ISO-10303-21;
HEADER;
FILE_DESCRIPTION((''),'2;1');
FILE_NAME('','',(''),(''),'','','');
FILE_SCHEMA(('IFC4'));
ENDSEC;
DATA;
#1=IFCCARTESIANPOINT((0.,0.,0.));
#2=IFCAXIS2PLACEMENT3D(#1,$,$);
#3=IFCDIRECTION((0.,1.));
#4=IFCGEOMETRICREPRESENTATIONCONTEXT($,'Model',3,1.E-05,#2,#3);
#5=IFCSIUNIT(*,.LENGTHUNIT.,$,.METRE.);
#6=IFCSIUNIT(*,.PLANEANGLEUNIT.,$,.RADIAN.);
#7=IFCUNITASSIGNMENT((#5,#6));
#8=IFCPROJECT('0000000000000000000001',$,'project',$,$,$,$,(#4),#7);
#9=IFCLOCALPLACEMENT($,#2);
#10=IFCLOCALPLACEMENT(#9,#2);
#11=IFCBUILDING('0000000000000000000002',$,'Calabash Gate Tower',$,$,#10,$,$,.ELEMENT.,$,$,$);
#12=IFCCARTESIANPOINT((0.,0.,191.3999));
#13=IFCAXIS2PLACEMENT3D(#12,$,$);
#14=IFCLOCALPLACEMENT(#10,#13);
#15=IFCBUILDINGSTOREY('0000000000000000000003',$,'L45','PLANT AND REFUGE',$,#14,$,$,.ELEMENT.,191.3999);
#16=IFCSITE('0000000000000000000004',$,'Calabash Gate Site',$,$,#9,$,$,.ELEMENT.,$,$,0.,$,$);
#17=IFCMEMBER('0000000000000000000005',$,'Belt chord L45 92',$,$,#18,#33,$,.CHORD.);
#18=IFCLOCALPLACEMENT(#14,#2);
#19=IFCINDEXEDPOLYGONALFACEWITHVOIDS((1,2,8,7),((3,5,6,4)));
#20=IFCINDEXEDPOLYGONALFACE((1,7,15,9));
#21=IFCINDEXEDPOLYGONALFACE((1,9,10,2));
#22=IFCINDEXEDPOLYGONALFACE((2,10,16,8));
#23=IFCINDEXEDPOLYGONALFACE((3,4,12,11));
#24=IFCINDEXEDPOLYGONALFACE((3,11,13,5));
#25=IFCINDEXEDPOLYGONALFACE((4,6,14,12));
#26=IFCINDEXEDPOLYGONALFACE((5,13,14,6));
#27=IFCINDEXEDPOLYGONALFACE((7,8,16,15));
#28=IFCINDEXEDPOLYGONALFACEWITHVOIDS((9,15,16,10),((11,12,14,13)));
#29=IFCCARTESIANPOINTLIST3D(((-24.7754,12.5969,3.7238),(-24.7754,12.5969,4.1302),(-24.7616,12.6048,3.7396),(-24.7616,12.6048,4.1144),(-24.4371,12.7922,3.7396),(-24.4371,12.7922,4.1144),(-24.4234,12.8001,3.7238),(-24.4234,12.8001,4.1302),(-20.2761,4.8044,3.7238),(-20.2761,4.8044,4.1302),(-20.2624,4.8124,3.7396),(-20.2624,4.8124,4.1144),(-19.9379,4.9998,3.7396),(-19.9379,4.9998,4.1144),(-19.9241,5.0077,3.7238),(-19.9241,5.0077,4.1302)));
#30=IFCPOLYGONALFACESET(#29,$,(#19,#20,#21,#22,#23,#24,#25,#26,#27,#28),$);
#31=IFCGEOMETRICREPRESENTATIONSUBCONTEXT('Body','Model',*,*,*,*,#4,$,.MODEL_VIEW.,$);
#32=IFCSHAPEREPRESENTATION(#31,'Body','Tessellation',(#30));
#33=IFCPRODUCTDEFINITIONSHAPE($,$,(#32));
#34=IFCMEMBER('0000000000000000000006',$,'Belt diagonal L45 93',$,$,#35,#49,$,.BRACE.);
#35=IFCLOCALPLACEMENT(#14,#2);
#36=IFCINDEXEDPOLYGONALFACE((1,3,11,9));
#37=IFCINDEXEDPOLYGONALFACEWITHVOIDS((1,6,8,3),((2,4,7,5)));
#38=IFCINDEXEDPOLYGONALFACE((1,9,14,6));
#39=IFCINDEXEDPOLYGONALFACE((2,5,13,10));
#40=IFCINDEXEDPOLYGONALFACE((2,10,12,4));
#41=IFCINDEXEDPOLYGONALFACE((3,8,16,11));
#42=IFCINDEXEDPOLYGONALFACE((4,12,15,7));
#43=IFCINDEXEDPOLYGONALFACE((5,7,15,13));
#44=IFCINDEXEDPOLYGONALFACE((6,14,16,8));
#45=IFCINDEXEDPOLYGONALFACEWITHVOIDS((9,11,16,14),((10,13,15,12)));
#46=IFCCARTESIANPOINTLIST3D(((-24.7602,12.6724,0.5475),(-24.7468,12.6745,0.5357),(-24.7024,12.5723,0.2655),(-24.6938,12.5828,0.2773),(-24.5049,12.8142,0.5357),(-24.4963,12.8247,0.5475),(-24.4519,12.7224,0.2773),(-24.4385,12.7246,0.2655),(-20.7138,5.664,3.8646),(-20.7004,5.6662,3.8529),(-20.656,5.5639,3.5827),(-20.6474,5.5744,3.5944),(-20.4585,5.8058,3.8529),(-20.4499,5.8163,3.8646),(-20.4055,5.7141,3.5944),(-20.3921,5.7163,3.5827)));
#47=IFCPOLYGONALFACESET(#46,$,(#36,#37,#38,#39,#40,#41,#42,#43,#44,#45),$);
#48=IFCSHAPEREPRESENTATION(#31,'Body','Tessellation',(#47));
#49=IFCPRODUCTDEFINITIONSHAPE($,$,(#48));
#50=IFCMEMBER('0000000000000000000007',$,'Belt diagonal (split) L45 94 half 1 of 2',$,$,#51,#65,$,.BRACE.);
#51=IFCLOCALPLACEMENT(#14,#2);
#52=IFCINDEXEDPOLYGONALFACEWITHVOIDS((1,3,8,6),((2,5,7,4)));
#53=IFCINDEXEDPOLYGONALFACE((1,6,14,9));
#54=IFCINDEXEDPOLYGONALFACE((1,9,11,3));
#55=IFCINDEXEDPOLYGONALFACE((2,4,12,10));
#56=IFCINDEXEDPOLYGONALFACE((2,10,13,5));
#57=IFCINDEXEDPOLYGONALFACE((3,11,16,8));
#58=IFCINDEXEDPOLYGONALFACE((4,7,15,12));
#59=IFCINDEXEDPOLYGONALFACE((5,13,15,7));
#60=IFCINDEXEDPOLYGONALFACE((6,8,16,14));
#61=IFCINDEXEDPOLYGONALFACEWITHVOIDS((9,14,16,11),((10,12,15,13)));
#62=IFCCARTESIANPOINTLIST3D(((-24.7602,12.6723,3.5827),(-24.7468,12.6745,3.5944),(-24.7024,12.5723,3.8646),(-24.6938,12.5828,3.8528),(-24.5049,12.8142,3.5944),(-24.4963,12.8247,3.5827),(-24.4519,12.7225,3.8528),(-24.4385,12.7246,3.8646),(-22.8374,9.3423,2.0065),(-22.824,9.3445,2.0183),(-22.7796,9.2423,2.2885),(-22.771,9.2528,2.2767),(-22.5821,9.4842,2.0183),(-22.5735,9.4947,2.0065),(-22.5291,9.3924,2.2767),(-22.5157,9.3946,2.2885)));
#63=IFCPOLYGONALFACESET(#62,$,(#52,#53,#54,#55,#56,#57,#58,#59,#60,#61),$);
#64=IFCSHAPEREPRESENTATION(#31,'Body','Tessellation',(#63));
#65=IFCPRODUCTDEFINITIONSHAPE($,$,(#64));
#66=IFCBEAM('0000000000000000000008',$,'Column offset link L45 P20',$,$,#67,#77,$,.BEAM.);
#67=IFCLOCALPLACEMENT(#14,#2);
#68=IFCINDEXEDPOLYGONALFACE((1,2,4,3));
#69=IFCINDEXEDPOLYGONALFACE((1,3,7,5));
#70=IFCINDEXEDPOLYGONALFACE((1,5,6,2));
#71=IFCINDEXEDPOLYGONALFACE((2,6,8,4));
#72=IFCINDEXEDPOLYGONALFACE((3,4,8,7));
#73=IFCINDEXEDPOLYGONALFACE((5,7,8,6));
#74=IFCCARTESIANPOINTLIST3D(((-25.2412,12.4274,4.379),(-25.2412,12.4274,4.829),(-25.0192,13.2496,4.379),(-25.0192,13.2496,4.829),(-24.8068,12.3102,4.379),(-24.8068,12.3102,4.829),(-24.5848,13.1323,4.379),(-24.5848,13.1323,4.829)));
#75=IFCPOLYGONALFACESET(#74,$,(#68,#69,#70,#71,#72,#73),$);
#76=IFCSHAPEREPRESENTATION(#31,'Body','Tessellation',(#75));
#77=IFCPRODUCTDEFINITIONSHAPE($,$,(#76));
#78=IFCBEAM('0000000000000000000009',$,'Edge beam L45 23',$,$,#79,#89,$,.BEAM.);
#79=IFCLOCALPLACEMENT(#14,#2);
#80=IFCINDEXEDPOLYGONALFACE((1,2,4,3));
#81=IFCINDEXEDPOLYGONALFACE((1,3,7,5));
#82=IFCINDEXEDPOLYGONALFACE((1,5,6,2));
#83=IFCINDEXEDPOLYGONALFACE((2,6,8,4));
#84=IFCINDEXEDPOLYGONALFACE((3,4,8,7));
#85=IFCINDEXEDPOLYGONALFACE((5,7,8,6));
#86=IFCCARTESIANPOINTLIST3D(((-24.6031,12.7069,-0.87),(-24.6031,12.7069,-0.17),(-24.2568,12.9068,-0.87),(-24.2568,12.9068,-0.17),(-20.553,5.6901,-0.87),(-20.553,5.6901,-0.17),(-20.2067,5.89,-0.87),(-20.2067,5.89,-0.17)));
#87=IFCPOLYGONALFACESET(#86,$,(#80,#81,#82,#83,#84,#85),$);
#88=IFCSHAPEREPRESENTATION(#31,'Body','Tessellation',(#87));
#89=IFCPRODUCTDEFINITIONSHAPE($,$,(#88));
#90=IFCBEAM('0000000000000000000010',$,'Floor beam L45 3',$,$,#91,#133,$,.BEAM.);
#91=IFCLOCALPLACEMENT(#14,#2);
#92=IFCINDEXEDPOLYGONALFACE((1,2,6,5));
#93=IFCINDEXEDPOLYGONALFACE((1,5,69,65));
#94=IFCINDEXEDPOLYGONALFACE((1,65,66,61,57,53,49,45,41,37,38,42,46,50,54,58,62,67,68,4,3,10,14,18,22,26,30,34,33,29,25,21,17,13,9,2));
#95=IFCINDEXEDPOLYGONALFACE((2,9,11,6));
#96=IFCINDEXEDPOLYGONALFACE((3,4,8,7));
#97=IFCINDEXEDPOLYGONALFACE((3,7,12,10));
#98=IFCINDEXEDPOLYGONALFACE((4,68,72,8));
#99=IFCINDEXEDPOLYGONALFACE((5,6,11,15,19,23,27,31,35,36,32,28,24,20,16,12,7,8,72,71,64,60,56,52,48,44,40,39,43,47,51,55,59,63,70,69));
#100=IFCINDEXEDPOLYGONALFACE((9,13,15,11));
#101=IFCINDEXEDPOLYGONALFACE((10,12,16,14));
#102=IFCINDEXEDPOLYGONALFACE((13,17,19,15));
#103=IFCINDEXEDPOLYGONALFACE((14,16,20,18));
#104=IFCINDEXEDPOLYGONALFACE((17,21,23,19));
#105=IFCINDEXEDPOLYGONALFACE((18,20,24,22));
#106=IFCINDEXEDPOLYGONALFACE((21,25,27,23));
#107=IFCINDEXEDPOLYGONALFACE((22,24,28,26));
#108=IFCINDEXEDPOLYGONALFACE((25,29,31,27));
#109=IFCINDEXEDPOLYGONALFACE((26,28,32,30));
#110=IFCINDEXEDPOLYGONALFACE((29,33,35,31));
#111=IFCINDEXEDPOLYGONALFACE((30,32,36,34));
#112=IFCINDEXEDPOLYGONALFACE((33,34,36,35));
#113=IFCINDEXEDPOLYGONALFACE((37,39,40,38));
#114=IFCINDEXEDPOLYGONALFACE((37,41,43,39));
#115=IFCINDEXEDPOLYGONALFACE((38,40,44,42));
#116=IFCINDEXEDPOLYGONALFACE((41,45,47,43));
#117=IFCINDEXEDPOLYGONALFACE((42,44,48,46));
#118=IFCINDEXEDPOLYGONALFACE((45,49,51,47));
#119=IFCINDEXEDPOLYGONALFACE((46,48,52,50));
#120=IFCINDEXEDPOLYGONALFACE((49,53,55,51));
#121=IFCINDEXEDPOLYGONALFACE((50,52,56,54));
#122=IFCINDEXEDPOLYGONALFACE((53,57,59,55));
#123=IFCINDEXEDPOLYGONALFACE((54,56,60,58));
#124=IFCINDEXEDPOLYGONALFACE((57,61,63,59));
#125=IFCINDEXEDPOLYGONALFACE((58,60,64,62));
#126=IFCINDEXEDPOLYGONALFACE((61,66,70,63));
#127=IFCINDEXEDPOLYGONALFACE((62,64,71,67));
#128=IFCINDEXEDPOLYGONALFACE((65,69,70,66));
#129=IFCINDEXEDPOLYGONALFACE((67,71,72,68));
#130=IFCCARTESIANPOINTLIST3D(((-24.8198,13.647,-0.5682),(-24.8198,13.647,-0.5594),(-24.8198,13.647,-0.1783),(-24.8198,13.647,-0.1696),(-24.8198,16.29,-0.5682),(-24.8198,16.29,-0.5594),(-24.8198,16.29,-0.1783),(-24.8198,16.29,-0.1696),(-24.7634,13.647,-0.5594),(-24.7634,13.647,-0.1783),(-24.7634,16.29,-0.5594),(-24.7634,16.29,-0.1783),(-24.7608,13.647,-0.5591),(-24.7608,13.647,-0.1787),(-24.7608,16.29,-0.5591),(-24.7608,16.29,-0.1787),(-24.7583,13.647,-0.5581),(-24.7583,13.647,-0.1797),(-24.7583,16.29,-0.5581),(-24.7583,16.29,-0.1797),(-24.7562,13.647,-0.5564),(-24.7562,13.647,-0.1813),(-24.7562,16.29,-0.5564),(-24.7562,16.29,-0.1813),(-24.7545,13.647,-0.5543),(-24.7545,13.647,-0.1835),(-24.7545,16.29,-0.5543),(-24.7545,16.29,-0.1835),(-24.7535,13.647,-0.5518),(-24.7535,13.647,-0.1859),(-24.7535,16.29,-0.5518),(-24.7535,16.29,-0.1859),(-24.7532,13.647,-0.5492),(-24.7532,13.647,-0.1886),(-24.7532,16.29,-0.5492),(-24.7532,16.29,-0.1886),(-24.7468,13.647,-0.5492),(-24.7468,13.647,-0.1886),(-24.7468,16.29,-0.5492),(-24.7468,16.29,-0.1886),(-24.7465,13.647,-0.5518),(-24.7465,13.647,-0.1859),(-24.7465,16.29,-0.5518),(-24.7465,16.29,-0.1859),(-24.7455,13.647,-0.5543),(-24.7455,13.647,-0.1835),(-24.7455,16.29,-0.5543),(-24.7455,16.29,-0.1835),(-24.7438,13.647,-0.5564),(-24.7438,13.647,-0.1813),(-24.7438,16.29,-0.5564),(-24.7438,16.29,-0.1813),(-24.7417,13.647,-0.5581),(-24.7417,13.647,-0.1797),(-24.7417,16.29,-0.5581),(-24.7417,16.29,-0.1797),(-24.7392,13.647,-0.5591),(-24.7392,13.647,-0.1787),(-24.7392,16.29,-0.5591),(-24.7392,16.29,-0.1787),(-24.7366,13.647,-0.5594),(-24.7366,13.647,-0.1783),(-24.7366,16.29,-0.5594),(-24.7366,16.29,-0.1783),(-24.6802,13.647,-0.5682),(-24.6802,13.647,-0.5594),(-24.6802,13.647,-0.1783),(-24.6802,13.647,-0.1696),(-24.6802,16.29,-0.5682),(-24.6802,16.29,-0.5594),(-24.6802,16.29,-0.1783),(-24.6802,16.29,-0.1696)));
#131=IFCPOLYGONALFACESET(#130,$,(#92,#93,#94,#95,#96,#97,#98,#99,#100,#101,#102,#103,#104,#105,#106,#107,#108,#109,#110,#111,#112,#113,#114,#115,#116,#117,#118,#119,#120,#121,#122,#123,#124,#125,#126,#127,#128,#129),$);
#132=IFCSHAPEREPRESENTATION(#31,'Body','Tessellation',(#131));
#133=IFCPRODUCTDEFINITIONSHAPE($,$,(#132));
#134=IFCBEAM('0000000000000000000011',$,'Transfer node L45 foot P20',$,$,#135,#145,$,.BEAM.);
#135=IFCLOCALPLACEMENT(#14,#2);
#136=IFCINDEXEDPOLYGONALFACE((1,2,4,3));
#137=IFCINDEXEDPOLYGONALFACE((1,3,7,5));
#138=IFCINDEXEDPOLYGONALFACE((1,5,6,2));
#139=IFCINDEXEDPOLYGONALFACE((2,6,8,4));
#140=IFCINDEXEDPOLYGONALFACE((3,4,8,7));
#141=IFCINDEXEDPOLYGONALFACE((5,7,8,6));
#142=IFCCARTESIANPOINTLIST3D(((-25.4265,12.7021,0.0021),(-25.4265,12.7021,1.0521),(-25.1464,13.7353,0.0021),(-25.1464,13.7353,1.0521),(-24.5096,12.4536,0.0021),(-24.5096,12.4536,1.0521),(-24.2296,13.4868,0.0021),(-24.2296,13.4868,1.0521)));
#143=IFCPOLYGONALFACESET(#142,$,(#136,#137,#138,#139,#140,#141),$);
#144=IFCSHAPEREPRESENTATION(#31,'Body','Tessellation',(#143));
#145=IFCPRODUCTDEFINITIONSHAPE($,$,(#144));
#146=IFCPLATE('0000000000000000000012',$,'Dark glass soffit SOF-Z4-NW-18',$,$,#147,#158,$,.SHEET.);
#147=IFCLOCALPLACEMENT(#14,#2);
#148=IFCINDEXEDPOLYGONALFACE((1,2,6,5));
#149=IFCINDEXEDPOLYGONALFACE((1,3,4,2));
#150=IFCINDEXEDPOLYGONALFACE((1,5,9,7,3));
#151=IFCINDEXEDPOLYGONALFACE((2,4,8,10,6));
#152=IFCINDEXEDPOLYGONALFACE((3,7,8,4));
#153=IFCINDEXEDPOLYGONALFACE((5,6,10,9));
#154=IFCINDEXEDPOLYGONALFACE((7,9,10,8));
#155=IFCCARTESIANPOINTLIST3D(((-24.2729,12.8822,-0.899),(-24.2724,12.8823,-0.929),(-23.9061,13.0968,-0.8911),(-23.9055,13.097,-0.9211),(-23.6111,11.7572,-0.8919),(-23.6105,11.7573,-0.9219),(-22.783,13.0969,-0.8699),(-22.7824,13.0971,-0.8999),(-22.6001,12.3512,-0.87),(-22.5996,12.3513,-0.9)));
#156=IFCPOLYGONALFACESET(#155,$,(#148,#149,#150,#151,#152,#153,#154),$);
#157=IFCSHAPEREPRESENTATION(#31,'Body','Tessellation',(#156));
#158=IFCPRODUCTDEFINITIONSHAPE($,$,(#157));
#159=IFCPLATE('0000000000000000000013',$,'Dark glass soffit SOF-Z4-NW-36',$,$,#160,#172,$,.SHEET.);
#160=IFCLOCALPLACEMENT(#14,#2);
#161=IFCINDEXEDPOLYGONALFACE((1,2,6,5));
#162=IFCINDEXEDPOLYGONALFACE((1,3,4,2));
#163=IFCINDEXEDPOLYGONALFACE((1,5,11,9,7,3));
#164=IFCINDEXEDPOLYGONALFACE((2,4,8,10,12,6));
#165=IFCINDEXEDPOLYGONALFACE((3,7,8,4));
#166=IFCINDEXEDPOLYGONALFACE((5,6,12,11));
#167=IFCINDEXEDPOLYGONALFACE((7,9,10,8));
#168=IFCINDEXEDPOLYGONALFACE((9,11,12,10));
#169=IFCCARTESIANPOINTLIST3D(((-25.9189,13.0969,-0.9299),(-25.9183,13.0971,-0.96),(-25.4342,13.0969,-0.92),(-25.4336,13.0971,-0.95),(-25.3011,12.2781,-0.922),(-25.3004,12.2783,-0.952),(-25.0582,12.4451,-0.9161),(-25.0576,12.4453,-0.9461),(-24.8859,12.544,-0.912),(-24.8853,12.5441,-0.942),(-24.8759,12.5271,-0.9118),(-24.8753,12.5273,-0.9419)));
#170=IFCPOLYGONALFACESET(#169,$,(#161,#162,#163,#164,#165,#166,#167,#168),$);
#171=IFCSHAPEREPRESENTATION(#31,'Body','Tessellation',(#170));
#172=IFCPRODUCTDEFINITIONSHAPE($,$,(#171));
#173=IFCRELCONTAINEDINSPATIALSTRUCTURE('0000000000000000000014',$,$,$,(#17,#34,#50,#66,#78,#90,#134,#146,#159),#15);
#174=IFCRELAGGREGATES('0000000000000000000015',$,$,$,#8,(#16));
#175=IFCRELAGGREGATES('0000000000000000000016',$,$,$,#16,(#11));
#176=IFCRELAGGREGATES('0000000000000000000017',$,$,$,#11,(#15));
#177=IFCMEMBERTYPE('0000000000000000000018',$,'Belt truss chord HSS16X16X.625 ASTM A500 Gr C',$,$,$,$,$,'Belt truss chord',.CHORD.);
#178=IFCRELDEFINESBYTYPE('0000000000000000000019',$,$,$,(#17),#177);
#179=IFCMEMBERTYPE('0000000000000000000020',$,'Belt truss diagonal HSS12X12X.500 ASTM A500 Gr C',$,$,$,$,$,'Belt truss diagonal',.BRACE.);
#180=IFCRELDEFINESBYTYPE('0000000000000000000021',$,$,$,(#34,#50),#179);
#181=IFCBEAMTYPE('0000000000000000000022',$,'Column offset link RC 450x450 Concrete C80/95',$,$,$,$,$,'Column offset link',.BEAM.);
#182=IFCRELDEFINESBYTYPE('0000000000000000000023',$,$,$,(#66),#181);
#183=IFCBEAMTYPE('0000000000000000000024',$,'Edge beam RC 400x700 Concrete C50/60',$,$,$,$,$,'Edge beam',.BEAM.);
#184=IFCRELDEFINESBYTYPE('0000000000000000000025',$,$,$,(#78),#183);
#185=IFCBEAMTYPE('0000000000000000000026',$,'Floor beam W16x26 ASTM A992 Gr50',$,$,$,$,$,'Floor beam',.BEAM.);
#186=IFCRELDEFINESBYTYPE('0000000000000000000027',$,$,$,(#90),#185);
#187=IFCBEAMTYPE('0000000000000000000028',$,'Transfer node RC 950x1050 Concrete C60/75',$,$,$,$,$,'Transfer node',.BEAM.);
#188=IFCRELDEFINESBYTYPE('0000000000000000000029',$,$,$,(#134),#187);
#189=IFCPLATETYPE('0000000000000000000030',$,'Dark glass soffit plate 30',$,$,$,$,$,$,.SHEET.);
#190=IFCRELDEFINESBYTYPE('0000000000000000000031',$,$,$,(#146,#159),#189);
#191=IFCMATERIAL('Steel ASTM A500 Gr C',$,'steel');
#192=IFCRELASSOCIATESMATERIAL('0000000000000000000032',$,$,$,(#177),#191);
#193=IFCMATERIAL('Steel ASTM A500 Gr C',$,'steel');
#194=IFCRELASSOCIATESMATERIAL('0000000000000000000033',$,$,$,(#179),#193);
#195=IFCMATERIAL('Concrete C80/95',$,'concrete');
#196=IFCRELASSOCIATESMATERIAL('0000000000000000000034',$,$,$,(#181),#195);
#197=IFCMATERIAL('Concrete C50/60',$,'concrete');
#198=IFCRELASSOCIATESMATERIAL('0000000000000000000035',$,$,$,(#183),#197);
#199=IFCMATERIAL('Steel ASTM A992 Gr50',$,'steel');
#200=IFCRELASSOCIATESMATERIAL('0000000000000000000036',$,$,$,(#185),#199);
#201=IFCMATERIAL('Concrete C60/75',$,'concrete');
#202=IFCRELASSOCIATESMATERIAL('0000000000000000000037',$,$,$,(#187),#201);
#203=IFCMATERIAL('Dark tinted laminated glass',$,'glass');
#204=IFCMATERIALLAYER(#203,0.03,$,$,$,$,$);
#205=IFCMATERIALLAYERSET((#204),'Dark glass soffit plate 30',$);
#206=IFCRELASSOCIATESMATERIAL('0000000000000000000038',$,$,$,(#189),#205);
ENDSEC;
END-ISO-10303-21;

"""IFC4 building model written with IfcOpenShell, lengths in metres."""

from ifc_helpers import new_model, si_unit, direction, frame, origin, origin_2d, place, context, subcontext, project, spatial, polyline, rectangle, hollow_rectangle, i_section, outline, extrude, material, layer, layer_set, material_profile, profile_set, type_object, element, save


model = new_model("IFC4")

# Units and contexts
model_context = context("Model", 3, precision=1e-05, world=origin(), true_north=direction((0.0, 1.0)))
body_context = subcontext(model_context, "Body", "Model", "MODEL_VIEW")
ifc_project = project(units=[si_unit("LENGTHUNIT", "METRE"), si_unit("PLANEANGLEUNIT", "RADIAN")], contexts=[model_context])

# Site, building, storey
site_placement = place(None, origin())
site = spatial("IfcSite", under=ifc_project, at=site_placement, Name="Calabash Gate Site", CompositionType="ELEMENT", RefElevation=0.0)
building_placement = place(site_placement, origin())
building = spatial("IfcBuilding", under=site, at=building_placement, Name="Calabash Gate Tower", CompositionType="ELEMENT")
storey_placement = place(building_placement, frame((0.0, 0.0, 191.3999)))
storey = spatial("IfcBuildingStorey", under=building, at=storey_placement, Name="L45", Description="PLANT AND REFUGE", CompositionType="ELEMENT", Elevation=191.3999)

# Members
ifc_material_1 = material(Name="Steel ASTM A500 Gr C", Category="steel")
ifc_material_profile_1 = material_profile(ifc_material_1, hollow_rectangle(XDim=0.4065, YDim=0.4065, WallThickness=0.0159, at=origin_2d()))
ifc_profile_set_1 = profile_set([ifc_material_profile_1], Name="Steel ASTM A500 Gr C")
member_type_1 = type_object("IfcMemberType", Name="Belt truss chord HSS16X16X.625 ASTM A500 Gr C", ElementType="Belt truss chord", PredefinedType="CHORD", material=ifc_profile_set_1)
member_1_placement = place(storey_placement, frame((-24.5994, 12.6985, 3.927), z_axis=(0.500023, -0.866012, 0.0), x_axis=(0.866012, 0.500023, 0.0)))
element("IfcMember", 1, at=member_1_placement, inside=storey, type_object=member_type_1, Name="Belt chord L45 92", PredefinedType="CHORD", context=body_context, shape_type="SweptSolid", body=[
    extrude(hollow_rectangle(XDim=0.4065, YDim=0.4065, WallThickness=0.0159, at=origin_2d()), origin(), (0.0, 0.0, 1.0), 8.998),
])
ifc_material_2 = material(Name="Steel ASTM A500 Gr C", Category="steel")
ifc_material_profile_2 = material_profile(ifc_material_2, hollow_rectangle(XDim=0.3047, YDim=0.3047, WallThickness=0.0127, at=origin_2d()))
ifc_profile_set_2 = profile_set([ifc_material_profile_2], Name="Steel ASTM A500 Gr C")
member_type_2 = type_object("IfcMemberType", Name="Belt truss diagonal HSS12X12X.500 ASTM A500 Gr C", ElementType="Belt truss diagonal", PredefinedType="BRACE", material=ifc_profile_set_2)
member_2_placement = place(storey_placement, frame((-24.5994, 12.6985, 0.4065), z_axis=(0.462654, -0.801313, 0.379274), x_axis=(0.866018, 0.500013, 0.0)))
element("IfcMember", 2, at=member_2_placement, inside=storey, type_object=member_type_2, Name="Belt diagonal L45 93", PredefinedType="BRACE", context=body_context, shape_type="SweptSolid", body=[
    extrude(hollow_rectangle(XDim=0.3047, YDim=0.3047, WallThickness=0.0127, at=origin_2d()), origin(), (0.0, 0.0, 1.0), 8.7461),
])
member_3_placement = place(storey_placement, frame((-24.5994, 12.6985, 3.7236), z_axis=(0.462685, -0.801299, -0.379266), x_axis=(0.865999, 0.500045, 0.0)))
element("IfcMember", 3, at=member_3_placement, inside=storey, type_object=member_type_2, Name="Belt diagonal (split) L45 94 half 1 of 2", PredefinedType="BRACE", context=body_context, shape_type="SweptSolid", body=[
    extrude(hollow_rectangle(XDim=0.3047, YDim=0.3047, WallThickness=0.0127, at=origin_2d()), origin(), (0.0, 0.0, 1.0), 4.1558),
])

# Beams
ifc_material_3 = material(Name="Concrete C80/95", Category="concrete")
ifc_material_profile_3 = material_profile(ifc_material_3, rectangle(XDim=0.45, YDim=0.45, at=origin_2d()))
ifc_profile_set_3 = profile_set([ifc_material_profile_3], Name="Concrete C80/95")
beam_type_1 = type_object("IfcBeamType", Name="Column offset link RC 450x450 Concrete C80/95", ElementType="Column offset link", PredefinedType="BEAM", material=ifc_profile_set_3)
beam_1_placement = place(storey_placement, frame((-24.802, 13.1909, 4.604), z_axis=(-0.260642, -0.965436, 0.0), x_axis=(0.965436, -0.260642, 0.0)))
element("IfcBeam", 4, at=beam_1_placement, inside=storey, type_object=beam_type_1, Name="Column offset link L45 P20", PredefinedType="BEAM", context=body_context, shape_type="SweptSolid", body=[
    extrude(rectangle(XDim=0.45, YDim=0.45, at=origin_2d()), origin(), (0.0, 0.0, 1.0), 0.8516),
])
ifc_material_4 = material(Name="Concrete C50/60", Category="concrete")
ifc_material_profile_4 = material_profile(ifc_material_4, rectangle(XDim=0.3999, YDim=0.7, at=origin_2d()))
ifc_profile_set_4 = profile_set([ifc_material_profile_4], Name="Concrete C50/60")
beam_type_2 = type_object("IfcBeamType", Name="Edge beam RC 400x700 Concrete C50/60", ElementType="Edge beam", PredefinedType="BEAM", material=ifc_profile_set_4)
beam_2_placement = place(storey_placement, frame((-24.4299, 12.8069, -0.52), z_axis=(0.499895, -0.866086, 0.0), x_axis=(0.866086, 0.499895, 0.0)))
element("IfcBeam", 5, at=beam_2_placement, inside=storey, type_object=beam_type_2, Name="Edge beam L45 23", PredefinedType="BEAM", context=body_context, shape_type="SweptSolid", body=[
    extrude(rectangle(XDim=0.3999, YDim=0.7, at=origin_2d()), origin(), (0.0, 0.0, 1.0), 8.1018),
])
ifc_material_5 = material(Name="Steel ASTM A992 Gr50", Category="steel")
ifc_material_profile_5 = material_profile(ifc_material_5, i_section(OverallWidth=0.1396, OverallDepth=0.3987, WebThickness=0.0063, FlangeThickness=0.0088, FilletRadius=0.0103, at=origin_2d()))
ifc_profile_set_5 = profile_set([ifc_material_profile_5], Name="Steel ASTM A992 Gr50")
beam_type_3 = type_object("IfcBeamType", Name="Floor beam W16x26 ASTM A992 Gr50", ElementType="Floor beam", PredefinedType="BEAM", material=ifc_profile_set_5)
beam_3_placement = place(storey_placement, frame((-24.75, 13.647, -0.3689), z_axis=(0.0, 1.0, 0.0), x_axis=(-1.0, 0.0, 0.0)))
element("IfcBeam", 6, at=beam_3_placement, inside=storey, type_object=beam_type_3, Name="Floor beam L45 3", PredefinedType="BEAM", context=body_context, shape_type="SweptSolid", body=[
    extrude(i_section(OverallWidth=0.1396, OverallDepth=0.3987, WebThickness=0.0063, FlangeThickness=0.0088, FilletRadius=0.0103, at=origin_2d()), origin(), (0.0, 0.0, 1.0), 2.6431),
])
ifc_material_6 = material(Name="Concrete C60/75", Category="concrete")
ifc_material_profile_6 = material_profile(ifc_material_6, rectangle(XDim=0.95, YDim=1.05, at=origin_2d()))
ifc_profile_set_6 = profile_set([ifc_material_profile_6], Name="Concrete C60/75")
beam_type_4 = type_object("IfcBeamType", Name="Transfer node RC 950x1050 Concrete C60/75", ElementType="Transfer node", PredefinedType="BEAM", material=ifc_profile_set_6)
beam_4_placement = place(storey_placement, frame((-24.688, 13.6111, 0.5271), z_axis=(-0.261593, -0.965178, 0.0), x_axis=(0.965178, -0.261593, 0.0)))
element("IfcBeam", 7, at=beam_4_placement, inside=storey, type_object=beam_type_4, Name="Transfer node L45 foot P20", PredefinedType="BEAM", context=body_context, shape_type="SweptSolid", body=[
    extrude(rectangle(XDim=0.95, YDim=1.05, at=origin_2d()), origin(), (0.0, 0.0, 1.0), 1.0706),
])

# Plates
ifc_material_7 = material(Name="Dark tinted laminated glass", Category="glass")
ifc_layer_1 = layer(ifc_material_7, 0.03)
ifc_layer_set_1 = layer_set([ifc_layer_1], Name="Dark glass soffit plate 30")
plate_type_1 = type_object("IfcPlateType", Name="Dark glass soffit plate 30", PredefinedType="SHEET", material=ifc_layer_set_1)
plate_1_placement = place(storey_placement, frame((-22.783, 13.0969, -0.8699), z_axis=(-0.018853, -0.004804, 0.999811), x_axis=(0.238123, -0.971235, -0.000176)))
element("IfcPlate", 8, at=plate_1_placement, inside=storey, type_object=plate_type_1, Name="Dark glass soffit SOF-Z4-NW-18", PredefinedType="SHEET", context=body_context, shape_type="SweptSolid", body=[
    extrude(outline(polyline([(0.0, 0.0), (0.7678, 0.0), (1.104, -1.1235), (-0.1462, -1.4985), (-0.2673, -1.0911), (0.0, 0.0)])), origin(), (0.0, 0.0, -1.0), 0.03),
])
plate_2_placement = place(storey_placement, frame((-25.9189, 13.0969, -0.9299), z_axis=(-0.020469, -0.005743, 0.999774), x_axis=(0.99979, 0.000001, 0.02047)))
element("IfcPlate", 9, at=plate_2_placement, inside=storey, type_object=plate_type_1, Name="Dark glass soffit SOF-Z4-NW-36", PredefinedType="SHEET", context=body_context, shape_type="SweptSolid", body=[
    extrude(outline(polyline([(0.0, 0.0), (0.4849, 0.0), (0.8608, -0.6519), (1.0332, -0.553), (1.0432, -0.5698), (0.6179, -0.8188), (0.0, 0.0)])), origin(), (0.0, 0.0, -1.0), 0.03),
])

save(model, "model.ifc")
